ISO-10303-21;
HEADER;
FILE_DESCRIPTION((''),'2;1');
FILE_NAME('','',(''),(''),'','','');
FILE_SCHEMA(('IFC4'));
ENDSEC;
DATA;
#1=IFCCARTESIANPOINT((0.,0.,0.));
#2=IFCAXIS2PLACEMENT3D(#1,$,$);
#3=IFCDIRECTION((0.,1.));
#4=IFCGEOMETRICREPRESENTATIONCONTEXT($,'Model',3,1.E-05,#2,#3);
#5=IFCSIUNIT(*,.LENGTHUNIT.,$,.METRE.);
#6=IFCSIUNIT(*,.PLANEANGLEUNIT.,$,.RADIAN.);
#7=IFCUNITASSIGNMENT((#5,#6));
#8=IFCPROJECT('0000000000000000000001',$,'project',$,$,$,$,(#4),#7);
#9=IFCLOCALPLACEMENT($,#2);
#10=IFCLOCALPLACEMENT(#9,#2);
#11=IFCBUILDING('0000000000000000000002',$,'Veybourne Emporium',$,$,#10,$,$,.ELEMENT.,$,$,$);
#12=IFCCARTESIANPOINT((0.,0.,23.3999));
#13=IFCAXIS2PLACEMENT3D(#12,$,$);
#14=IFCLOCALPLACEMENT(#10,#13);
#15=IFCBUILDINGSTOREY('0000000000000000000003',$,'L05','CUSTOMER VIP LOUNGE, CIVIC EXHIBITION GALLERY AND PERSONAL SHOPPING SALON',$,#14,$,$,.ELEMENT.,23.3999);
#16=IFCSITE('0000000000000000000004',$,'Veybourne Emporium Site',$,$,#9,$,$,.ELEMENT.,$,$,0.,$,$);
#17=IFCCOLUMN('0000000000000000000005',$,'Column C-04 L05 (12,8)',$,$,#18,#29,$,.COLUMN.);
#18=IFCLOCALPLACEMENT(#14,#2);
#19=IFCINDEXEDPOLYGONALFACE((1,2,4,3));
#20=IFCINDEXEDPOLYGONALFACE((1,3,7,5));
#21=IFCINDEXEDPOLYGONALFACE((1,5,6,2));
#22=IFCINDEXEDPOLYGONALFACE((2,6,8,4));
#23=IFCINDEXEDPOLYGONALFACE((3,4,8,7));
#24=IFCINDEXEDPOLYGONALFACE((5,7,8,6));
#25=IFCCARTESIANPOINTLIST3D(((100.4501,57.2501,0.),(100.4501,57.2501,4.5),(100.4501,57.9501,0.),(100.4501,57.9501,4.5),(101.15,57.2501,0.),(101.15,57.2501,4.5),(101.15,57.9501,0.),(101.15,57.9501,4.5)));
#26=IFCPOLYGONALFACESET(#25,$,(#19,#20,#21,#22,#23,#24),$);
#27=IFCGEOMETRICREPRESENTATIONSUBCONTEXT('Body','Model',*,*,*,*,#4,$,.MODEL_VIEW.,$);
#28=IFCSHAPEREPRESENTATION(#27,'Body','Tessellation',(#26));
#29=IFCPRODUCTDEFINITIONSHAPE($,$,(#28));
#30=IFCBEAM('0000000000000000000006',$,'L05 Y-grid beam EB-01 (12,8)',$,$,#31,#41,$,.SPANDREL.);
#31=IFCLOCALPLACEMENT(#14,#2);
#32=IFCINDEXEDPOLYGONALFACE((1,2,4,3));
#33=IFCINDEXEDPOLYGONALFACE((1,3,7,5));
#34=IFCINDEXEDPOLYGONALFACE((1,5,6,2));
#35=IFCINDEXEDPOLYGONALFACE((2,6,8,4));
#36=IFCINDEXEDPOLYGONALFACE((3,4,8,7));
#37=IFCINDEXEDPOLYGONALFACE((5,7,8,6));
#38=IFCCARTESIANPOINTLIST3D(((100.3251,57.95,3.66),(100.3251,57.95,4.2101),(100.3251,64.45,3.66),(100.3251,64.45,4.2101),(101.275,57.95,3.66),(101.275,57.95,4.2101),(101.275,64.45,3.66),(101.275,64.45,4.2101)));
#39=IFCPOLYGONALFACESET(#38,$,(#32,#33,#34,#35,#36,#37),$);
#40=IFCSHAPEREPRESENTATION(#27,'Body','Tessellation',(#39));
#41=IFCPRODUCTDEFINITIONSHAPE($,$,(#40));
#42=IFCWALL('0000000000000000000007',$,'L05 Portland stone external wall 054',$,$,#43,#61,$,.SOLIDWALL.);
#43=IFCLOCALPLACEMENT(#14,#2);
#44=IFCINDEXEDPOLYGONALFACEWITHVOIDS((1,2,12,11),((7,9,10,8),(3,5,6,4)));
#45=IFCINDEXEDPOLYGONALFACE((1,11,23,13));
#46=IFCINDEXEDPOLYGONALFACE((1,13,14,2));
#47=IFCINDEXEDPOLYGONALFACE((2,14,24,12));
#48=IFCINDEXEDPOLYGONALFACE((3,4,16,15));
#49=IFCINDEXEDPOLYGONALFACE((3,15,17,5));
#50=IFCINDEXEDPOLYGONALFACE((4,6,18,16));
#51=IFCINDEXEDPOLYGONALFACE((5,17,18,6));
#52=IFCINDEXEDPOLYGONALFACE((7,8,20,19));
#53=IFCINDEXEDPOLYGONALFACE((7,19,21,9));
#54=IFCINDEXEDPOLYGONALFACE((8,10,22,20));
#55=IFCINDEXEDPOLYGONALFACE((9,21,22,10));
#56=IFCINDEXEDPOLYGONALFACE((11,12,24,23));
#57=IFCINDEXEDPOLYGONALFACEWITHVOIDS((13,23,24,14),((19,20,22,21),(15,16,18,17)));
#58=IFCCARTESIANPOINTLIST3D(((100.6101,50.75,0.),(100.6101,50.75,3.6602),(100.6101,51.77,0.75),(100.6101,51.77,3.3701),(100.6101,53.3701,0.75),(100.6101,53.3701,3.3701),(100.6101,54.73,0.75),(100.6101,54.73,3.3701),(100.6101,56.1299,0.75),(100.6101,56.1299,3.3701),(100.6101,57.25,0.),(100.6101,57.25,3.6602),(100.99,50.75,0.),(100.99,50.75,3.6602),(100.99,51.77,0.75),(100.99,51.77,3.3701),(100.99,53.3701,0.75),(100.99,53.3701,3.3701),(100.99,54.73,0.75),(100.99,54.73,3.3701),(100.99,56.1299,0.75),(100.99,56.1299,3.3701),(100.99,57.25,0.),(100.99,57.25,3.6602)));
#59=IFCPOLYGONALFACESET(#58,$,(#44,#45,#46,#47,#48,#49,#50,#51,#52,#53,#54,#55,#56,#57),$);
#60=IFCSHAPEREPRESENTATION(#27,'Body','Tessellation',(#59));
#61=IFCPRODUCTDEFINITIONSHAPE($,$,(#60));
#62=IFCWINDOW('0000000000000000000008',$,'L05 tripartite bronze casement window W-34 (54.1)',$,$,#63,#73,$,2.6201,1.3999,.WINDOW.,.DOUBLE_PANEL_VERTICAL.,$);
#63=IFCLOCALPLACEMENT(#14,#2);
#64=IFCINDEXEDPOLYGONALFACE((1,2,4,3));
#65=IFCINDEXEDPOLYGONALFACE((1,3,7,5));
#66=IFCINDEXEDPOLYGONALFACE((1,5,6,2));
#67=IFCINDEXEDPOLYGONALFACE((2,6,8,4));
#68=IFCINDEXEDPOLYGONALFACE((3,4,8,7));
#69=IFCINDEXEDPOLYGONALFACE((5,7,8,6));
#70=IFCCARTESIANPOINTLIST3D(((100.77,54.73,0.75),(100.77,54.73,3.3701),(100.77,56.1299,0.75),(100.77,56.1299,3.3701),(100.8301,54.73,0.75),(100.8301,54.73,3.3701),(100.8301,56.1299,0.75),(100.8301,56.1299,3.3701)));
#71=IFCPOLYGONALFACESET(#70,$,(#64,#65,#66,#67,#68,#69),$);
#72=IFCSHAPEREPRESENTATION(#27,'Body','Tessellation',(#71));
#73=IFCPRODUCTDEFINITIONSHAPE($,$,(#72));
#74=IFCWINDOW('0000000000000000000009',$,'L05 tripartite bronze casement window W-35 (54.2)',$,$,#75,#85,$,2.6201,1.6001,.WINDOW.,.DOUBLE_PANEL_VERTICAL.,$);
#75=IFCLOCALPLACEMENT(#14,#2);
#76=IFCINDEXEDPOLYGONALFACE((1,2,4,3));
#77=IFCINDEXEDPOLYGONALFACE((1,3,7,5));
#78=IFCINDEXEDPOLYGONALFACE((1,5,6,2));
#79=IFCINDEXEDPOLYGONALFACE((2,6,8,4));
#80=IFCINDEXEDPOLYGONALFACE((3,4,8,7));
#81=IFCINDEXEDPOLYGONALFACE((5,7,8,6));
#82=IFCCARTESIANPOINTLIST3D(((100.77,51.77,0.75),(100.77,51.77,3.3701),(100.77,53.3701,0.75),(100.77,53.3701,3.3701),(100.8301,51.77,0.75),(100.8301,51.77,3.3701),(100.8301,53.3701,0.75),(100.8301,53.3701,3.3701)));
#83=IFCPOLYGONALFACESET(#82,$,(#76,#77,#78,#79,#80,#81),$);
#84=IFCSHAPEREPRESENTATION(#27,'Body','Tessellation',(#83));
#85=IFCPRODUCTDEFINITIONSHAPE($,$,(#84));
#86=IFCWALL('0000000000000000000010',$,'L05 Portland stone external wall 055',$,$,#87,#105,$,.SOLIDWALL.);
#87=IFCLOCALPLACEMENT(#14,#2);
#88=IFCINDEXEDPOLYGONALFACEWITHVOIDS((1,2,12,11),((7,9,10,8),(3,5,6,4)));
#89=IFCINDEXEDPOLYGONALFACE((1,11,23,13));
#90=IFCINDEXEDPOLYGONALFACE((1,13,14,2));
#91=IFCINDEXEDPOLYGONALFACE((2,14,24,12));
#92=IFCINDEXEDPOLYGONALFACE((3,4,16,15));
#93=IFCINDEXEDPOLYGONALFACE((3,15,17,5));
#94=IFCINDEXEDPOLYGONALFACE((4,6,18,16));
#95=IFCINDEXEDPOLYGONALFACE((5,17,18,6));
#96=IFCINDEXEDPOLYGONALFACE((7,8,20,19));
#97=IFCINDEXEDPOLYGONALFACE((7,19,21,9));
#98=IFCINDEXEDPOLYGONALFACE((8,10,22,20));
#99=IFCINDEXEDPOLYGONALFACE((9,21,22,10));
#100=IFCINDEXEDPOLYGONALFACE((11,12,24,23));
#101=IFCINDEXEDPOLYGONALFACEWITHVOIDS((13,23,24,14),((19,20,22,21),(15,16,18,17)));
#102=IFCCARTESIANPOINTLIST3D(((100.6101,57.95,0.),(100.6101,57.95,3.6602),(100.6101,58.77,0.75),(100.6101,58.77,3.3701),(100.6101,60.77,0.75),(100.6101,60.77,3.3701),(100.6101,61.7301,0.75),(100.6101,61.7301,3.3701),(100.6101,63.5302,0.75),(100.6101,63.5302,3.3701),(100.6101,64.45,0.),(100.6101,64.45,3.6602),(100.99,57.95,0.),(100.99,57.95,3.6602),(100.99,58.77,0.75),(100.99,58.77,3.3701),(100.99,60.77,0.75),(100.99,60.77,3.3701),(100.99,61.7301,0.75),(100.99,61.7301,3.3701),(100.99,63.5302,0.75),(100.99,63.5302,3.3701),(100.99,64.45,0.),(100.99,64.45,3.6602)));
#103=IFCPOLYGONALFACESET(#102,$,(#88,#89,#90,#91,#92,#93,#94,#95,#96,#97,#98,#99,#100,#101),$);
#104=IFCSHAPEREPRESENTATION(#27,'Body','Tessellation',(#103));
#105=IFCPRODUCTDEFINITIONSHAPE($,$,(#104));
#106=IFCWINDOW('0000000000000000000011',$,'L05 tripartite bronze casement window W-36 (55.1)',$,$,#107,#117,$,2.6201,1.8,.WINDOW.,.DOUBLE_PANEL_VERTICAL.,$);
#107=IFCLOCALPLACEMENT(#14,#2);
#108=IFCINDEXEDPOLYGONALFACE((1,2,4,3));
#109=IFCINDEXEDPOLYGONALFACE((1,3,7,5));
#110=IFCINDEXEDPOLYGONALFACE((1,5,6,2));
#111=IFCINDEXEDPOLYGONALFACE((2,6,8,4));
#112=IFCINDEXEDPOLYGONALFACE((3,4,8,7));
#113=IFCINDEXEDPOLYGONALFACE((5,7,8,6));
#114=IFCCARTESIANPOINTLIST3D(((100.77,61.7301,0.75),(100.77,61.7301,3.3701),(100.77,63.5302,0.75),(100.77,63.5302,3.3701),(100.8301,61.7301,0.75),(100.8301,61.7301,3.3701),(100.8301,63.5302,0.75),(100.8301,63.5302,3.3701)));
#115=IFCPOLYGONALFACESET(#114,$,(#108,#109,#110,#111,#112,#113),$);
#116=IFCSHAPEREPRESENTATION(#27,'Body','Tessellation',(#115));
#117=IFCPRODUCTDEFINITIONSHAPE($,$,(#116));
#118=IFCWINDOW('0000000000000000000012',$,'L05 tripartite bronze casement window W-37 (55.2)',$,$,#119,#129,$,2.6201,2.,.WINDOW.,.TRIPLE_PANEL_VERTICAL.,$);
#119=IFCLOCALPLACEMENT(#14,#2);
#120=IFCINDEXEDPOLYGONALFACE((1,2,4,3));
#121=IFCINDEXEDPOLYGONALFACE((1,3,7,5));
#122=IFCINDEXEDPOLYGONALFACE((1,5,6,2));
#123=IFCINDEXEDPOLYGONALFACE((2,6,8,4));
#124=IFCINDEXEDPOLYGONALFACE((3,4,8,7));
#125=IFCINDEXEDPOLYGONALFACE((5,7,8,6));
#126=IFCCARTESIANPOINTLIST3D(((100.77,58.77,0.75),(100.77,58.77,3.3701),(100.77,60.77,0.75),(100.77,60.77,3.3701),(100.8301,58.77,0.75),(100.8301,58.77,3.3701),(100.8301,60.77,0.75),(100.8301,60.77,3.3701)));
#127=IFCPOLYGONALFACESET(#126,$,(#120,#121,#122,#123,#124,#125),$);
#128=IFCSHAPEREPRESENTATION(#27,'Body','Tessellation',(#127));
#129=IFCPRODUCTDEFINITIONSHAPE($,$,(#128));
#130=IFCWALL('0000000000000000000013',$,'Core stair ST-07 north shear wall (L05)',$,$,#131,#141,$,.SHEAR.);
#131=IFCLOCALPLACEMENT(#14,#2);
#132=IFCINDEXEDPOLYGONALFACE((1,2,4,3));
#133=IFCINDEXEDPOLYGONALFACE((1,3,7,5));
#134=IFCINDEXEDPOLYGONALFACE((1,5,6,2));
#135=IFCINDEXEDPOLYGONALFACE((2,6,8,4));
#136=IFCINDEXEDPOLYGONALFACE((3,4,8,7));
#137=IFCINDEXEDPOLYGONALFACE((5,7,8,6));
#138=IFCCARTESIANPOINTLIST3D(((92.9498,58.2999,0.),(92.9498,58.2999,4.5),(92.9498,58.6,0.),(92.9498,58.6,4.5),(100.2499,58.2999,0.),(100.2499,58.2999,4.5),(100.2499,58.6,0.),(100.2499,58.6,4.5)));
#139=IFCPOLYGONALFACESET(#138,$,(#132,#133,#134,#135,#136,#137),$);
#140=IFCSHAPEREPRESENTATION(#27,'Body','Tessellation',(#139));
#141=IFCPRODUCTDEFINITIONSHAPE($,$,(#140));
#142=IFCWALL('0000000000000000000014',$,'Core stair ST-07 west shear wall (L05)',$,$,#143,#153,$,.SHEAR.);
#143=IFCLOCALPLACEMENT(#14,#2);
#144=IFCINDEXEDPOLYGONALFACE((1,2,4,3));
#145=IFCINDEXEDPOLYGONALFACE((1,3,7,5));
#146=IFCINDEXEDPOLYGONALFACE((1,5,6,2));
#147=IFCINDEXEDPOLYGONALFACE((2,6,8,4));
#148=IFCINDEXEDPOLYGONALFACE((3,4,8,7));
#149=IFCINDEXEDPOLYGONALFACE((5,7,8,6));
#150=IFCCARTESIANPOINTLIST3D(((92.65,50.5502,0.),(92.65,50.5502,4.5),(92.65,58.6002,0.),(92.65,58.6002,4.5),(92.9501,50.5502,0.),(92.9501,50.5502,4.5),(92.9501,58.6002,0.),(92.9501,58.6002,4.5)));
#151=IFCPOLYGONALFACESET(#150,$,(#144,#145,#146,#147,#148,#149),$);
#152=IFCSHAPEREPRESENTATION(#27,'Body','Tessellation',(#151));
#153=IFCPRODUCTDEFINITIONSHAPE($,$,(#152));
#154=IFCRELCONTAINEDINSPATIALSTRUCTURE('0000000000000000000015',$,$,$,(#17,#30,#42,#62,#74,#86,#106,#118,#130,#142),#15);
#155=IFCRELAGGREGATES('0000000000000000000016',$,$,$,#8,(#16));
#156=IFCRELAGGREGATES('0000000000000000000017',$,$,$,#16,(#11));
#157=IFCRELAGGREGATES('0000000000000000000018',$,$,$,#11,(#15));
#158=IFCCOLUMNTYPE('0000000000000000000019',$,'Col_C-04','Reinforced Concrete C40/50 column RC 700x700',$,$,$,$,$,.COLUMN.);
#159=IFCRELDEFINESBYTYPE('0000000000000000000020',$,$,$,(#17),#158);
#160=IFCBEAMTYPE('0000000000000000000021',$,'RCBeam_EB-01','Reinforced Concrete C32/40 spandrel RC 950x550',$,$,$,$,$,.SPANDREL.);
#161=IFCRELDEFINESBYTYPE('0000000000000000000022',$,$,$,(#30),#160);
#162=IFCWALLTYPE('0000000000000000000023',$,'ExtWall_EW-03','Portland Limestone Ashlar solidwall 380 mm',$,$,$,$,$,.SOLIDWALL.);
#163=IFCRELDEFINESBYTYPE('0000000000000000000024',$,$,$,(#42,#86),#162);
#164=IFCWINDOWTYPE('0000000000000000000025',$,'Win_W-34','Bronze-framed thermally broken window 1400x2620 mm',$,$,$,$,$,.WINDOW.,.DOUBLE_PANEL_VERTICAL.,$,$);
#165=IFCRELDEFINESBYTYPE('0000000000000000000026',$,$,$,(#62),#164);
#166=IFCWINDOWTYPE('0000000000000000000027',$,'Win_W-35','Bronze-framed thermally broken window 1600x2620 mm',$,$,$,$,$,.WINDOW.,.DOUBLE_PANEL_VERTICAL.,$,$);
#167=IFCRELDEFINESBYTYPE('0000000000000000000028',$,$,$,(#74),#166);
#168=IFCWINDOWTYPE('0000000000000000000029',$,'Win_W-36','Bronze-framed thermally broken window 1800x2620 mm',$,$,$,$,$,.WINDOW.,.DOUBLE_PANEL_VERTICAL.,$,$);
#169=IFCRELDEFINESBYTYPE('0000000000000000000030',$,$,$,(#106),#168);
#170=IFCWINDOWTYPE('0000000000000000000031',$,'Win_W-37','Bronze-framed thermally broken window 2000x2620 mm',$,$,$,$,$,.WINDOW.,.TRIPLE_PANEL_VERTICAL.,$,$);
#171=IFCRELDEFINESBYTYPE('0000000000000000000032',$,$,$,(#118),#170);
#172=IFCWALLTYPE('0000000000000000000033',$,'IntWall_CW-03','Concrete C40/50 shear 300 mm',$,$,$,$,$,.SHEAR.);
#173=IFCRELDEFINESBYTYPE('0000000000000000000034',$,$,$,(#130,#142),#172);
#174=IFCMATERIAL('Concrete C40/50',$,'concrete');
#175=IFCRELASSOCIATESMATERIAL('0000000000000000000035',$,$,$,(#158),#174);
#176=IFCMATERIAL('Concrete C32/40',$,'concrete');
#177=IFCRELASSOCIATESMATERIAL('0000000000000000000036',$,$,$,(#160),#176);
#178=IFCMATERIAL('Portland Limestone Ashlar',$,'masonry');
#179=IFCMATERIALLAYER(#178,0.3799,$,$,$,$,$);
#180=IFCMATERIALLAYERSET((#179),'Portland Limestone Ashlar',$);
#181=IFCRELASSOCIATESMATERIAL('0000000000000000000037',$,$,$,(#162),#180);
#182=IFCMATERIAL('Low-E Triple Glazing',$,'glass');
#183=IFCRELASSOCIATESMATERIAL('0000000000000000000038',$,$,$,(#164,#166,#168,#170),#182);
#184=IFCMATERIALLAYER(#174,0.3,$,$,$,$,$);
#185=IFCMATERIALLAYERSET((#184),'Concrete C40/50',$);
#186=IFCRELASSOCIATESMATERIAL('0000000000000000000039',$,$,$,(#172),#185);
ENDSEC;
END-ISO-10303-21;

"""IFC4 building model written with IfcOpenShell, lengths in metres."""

from ifc_helpers import new_model, si_unit, direction, frame, frame_2d, origin, origin_2d, place, context, subcontext, project, spatial, rectangle, extrude, material, layer, layer_set, material_profile, profile_set, type_object, element, fill, save


model = new_model("IFC4")

# Units and contexts
model_context = context("Model", 3, precision=1e-05, world=origin(), true_north=direction((0.0, 1.0)))
body_context = subcontext(model_context, "Body", "Model", "MODEL_VIEW")
ifc_project = project(units=[si_unit("LENGTHUNIT", "METRE"), si_unit("PLANEANGLEUNIT", "RADIAN")], contexts=[model_context])

# Site, building, storey
site_placement = place(None, origin())
site = spatial("IfcSite", under=ifc_project, at=site_placement, Name="Veybourne Emporium Site", CompositionType="ELEMENT", RefElevation=0.0)
building_placement = place(site_placement, origin())
building = spatial("IfcBuilding", under=site, at=building_placement, Name="Veybourne Emporium", CompositionType="ELEMENT")
storey_placement = place(building_placement, frame((0.0, 0.0, 23.3999)))
storey = spatial("IfcBuildingStorey", under=building, at=storey_placement, Name="L05", Description="CUSTOMER VIP LOUNGE, CIVIC EXHIBITION GALLERY AND PERSONAL SHOPPING SALON", CompositionType="ELEMENT", Elevation=23.3999)

# Column
ifc_material_1 = material(Name="Concrete C40/50", Category="concrete")
ifc_material_profile_1 = material_profile(ifc_material_1, rectangle(XDim=0.7, YDim=0.7, at=origin_2d()), Name="RC 700x700")
ifc_profile_set_1 = profile_set([ifc_material_profile_1], Name="Concrete C40/50")
column_type = type_object("IfcColumnType", Name="Col_C-04", Description="Reinforced Concrete C40/50 column RC 700x700", PredefinedType="COLUMN", material=ifc_profile_set_1)
column_placement = place(storey_placement, frame((100.8, 57.6001, 0.0), z_axis=(0.0, 0.0, 1.0), x_axis=(1.0, 0.0, 0.0)))
element("IfcColumn", 1, at=column_placement, inside=storey, type_object=column_type, Name="Column C-04 L05 (12,8)", PredefinedType="COLUMN", context=body_context, shape_type="SweptSolid", body=[
    extrude(rectangle(XDim=0.7, YDim=0.7, at=origin_2d()), origin(), (0.0, 0.0, 1.0), 4.5),
])

# Beam
ifc_material_2 = material(Name="Concrete C32/40", Category="concrete")
ifc_material_profile_2 = material_profile(ifc_material_2, rectangle(XDim=0.95, YDim=0.55, at=origin_2d()), Name="RC 950x550")
ifc_profile_set_2 = profile_set([ifc_material_profile_2], Name="Concrete C32/40")
beam_type = type_object("IfcBeamType", Name="RCBeam_EB-01", Description="Reinforced Concrete C32/40 spandrel RC 950x550", PredefinedType="SPANDREL", material=ifc_profile_set_2)
beam_placement = place(storey_placement, frame((100.8, 57.95, 3.9351), z_axis=(0.0, 1.0, 0.0), x_axis=(-1.0, 0.0, 0.0)))
element("IfcBeam", 2, at=beam_placement, inside=storey, type_object=beam_type, Name="L05 Y-grid beam EB-01 (12,8)", PredefinedType="SPANDREL", context=body_context, shape_type="SweptSolid", body=[
    extrude(rectangle(XDim=0.95, YDim=0.55, at=origin_2d()), origin(), (0.0, 0.0, 1.0), 6.5),
])

# Walls, openings, windows
ifc_material_3 = material(Name="Portland Limestone Ashlar", Category="masonry")
ifc_layer_1 = layer(ifc_material_3, 0.3799)
ifc_layer_set_1 = layer_set([ifc_layer_1], Name="Portland Limestone Ashlar")
wall_type_1 = type_object("IfcWallType", Name="ExtWall_EW-03", Description="Portland Limestone Ashlar solidwall 380 mm", PredefinedType="SOLIDWALL", material=ifc_layer_set_1)
wall_1_placement = place(storey_placement, frame((100.8, 57.25, 0.0), z_axis=(0.0, 0.0, 1.0), x_axis=(0.0, -1.0, 0.0)))
wall_1 = element("IfcWall", 3, at=wall_1_placement, inside=storey, type_object=wall_type_1, Name="L05 Portland stone external wall 054", PredefinedType="SOLIDWALL", context=body_context, shape_type="SweptSolid", body=[
    extrude(rectangle(XDim=6.5, YDim=0.3799, at=frame_2d((3.25, 0.0))), origin(), (0.0, 0.0, 1.0), 3.6602),
])
opening_1_placement = place(wall_1_placement, frame((1.1201, 0.0, 0.75)))
opening_1 = element("IfcOpeningElement", 4, at=opening_1_placement, cuts=wall_1, PredefinedType="OPENING", context=body_context, shape_type="SweptSolid", body=[
    extrude(rectangle(XDim=1.3999, YDim=2.6201, at=frame_2d((0.7, 1.3101))), frame((0.0, 0.21, 0.0), z_axis=(0.0, -1.0, 0.0), x_axis=(1.0, 0.0, 0.0)), (0.0, 0.0, 1.0), 0.4199),
])
opening_2_placement = place(wall_1_placement, frame((3.8799, 0.0, 0.75)))
opening_2 = element("IfcOpeningElement", 5, at=opening_2_placement, cuts=wall_1, PredefinedType="OPENING", context=body_context, shape_type="SweptSolid", body=[
    extrude(rectangle(XDim=1.6001, YDim=2.6201, at=frame_2d((0.8, 1.3101))), frame((0.0, 0.21, 0.0), z_axis=(0.0, -1.0, 0.0), x_axis=(1.0, 0.0, 0.0)), (0.0, 0.0, 1.0), 0.4199),
])
ifc_material_4 = material(Name="Low-E Triple Glazing", Category="glass")
window_type_1 = type_object("IfcWindowType", Name="Win_W-34", Description="Bronze-framed thermally broken window 1400x2620 mm", PartitioningType="DOUBLE_PANEL_VERTICAL", PredefinedType="WINDOW", material=ifc_material_4)
window_1_placement = place(opening_1_placement, origin())
window_1 = element("IfcWindow", 6, at=window_1_placement, inside=storey, type_object=window_type_1, Name="L05 tripartite bronze casement window W-34 (54.1)", OverallHeight=2.6201, OverallWidth=1.3999, PartitioningType="DOUBLE_PANEL_VERTICAL", PredefinedType="WINDOW", context=body_context, shape_type="SweptSolid", body=[
    extrude(rectangle(XDim=1.3999, YDim=2.6201, at=frame_2d((0.7, 1.3101))), frame((0.0, 0.03, 0.0), z_axis=(0.0, -1.0, 0.0), x_axis=(1.0, 0.0, 0.0)), (0.0, 0.0, 1.0), 0.0601),
])
fill(opening_1, window_1)
window_type_2 = type_object("IfcWindowType", Name="Win_W-35", Description="Bronze-framed thermally broken window 1600x2620 mm", PartitioningType="DOUBLE_PANEL_VERTICAL", PredefinedType="WINDOW", material=ifc_material_4)
window_2_placement = place(opening_2_placement, origin())
window_2 = element("IfcWindow", 7, at=window_2_placement, inside=storey, type_object=window_type_2, Name="L05 tripartite bronze casement window W-35 (54.2)", OverallHeight=2.6201, OverallWidth=1.6001, PartitioningType="DOUBLE_PANEL_VERTICAL", PredefinedType="WINDOW", context=body_context, shape_type="SweptSolid", body=[
    extrude(rectangle(XDim=1.6001, YDim=2.6201, at=frame_2d((0.8, 1.3101))), frame((0.0, 0.03, 0.0), z_axis=(0.0, -1.0, 0.0), x_axis=(1.0, 0.0, 0.0)), (0.0, 0.0, 1.0), 0.0601),
])
fill(opening_2, window_2)
wall_2_placement = place(storey_placement, frame((100.8, 64.45, 0.0), z_axis=(0.0, 0.0, 1.0), x_axis=(0.0, -1.0, 0.0)))
wall_2 = element("IfcWall", 8, at=wall_2_placement, inside=storey, type_object=wall_type_1, Name="L05 Portland stone external wall 055", PredefinedType="SOLIDWALL", context=body_context, shape_type="SweptSolid", body=[
    extrude(rectangle(XDim=6.5, YDim=0.3799, at=frame_2d((3.25, 0.0))), origin(), (0.0, 0.0, 1.0), 3.6602),
])
opening_3_placement = place(wall_2_placement, frame((0.9199, 0.0, 0.75)))
opening_3 = element("IfcOpeningElement", 9, at=opening_3_placement, cuts=wall_2, PredefinedType="OPENING", context=body_context, shape_type="SweptSolid", body=[
    extrude(rectangle(XDim=1.8, YDim=2.6201, at=frame_2d((0.8999, 1.3101))), frame((0.0, 0.21, 0.0), z_axis=(0.0, -1.0, 0.0), x_axis=(1.0, 0.0, 0.0)), (0.0, 0.0, 1.0), 0.4199),
])
opening_4_placement = place(wall_2_placement, frame((3.6799, 0.0, 0.75)))
opening_4 = element("IfcOpeningElement", 10, at=opening_4_placement, cuts=wall_2, PredefinedType="OPENING", context=body_context, shape_type="SweptSolid", body=[
    extrude(rectangle(XDim=2.0, YDim=2.6201, at=frame_2d((1.0, 1.3101))), frame((0.0, 0.21, 0.0), z_axis=(0.0, -1.0, 0.0), x_axis=(1.0, 0.0, 0.0)), (0.0, 0.0, 1.0), 0.4199),
])
window_type_3 = type_object("IfcWindowType", Name="Win_W-36", Description="Bronze-framed thermally broken window 1800x2620 mm", PartitioningType="DOUBLE_PANEL_VERTICAL", PredefinedType="WINDOW", material=ifc_material_4)
window_3_placement = place(opening_3_placement, origin())
window_3 = element("IfcWindow", 11, at=window_3_placement, inside=storey, type_object=window_type_3, Name="L05 tripartite bronze casement window W-36 (55.1)", OverallHeight=2.6201, OverallWidth=1.8, PartitioningType="DOUBLE_PANEL_VERTICAL", PredefinedType="WINDOW", context=body_context, shape_type="SweptSolid", body=[
    extrude(rectangle(XDim=1.8, YDim=2.6201, at=frame_2d((0.8999, 1.3101))), frame((0.0, 0.03, 0.0), z_axis=(0.0, -1.0, 0.0), x_axis=(1.0, 0.0, 0.0)), (0.0, 0.0, 1.0), 0.0601),
])
fill(opening_3, window_3)
window_type_4 = type_object("IfcWindowType", Name="Win_W-37", Description="Bronze-framed thermally broken window 2000x2620 mm", PartitioningType="TRIPLE_PANEL_VERTICAL", PredefinedType="WINDOW", material=ifc_material_4)
window_4_placement = place(opening_4_placement, origin())
window_4 = element("IfcWindow", 12, at=window_4_placement, inside=storey, type_object=window_type_4, Name="L05 tripartite bronze casement window W-37 (55.2)", OverallHeight=2.6201, OverallWidth=2.0, PartitioningType="TRIPLE_PANEL_VERTICAL", PredefinedType="WINDOW", context=body_context, shape_type="SweptSolid", body=[
    extrude(rectangle(XDim=2.0, YDim=2.6201, at=frame_2d((1.0, 1.3101))), frame((0.0, 0.03, 0.0), z_axis=(0.0, -1.0, 0.0), x_axis=(1.0, 0.0, 0.0)), (0.0, 0.0, 1.0), 0.0601),
])
fill(opening_4, window_4)

# Walls
ifc_layer_2 = layer(ifc_material_1, 0.3)
ifc_layer_set_2 = layer_set([ifc_layer_2], Name="Concrete C40/50")
wall_type_2 = type_object("IfcWallType", Name="IntWall_CW-03", Description="Concrete C40/50 shear 300 mm", PredefinedType="SHEAR", material=ifc_layer_set_2)
wall_3_placement = place(storey_placement, frame((92.95, 58.45, 0.0), z_axis=(0.0, 0.0, 1.0), x_axis=(1.0, 0.0, 0.0)))
element("IfcWall", 13, at=wall_3_placement, inside=storey, type_object=wall_type_2, Name="Core stair ST-07 north shear wall (L05)", PredefinedType="SHEAR", context=body_context, shape_type="SweptSolid", body=[
    extrude(rectangle(XDim=7.3, YDim=0.3, at=frame_2d((3.6499, 0.0))), origin(), (0.0, 0.0, 1.0), 4.5),
])
wall_4_placement = place(storey_placement, frame((92.8, 58.6001, 0.0), z_axis=(0.0, 0.0, 1.0), x_axis=(0.0, -1.0, 0.0)))
element("IfcWall", 14, at=wall_4_placement, inside=storey, type_object=wall_type_2, Name="Core stair ST-07 west shear wall (L05)", PredefinedType="SHEAR", context=body_context, shape_type="SweptSolid", body=[
    extrude(rectangle(XDim=8.05, YDim=0.3, at=frame_2d((4.0249, 0.0))), origin(), (0.0, 0.0, 1.0), 4.5),
])

save(model, "model.ifc")
